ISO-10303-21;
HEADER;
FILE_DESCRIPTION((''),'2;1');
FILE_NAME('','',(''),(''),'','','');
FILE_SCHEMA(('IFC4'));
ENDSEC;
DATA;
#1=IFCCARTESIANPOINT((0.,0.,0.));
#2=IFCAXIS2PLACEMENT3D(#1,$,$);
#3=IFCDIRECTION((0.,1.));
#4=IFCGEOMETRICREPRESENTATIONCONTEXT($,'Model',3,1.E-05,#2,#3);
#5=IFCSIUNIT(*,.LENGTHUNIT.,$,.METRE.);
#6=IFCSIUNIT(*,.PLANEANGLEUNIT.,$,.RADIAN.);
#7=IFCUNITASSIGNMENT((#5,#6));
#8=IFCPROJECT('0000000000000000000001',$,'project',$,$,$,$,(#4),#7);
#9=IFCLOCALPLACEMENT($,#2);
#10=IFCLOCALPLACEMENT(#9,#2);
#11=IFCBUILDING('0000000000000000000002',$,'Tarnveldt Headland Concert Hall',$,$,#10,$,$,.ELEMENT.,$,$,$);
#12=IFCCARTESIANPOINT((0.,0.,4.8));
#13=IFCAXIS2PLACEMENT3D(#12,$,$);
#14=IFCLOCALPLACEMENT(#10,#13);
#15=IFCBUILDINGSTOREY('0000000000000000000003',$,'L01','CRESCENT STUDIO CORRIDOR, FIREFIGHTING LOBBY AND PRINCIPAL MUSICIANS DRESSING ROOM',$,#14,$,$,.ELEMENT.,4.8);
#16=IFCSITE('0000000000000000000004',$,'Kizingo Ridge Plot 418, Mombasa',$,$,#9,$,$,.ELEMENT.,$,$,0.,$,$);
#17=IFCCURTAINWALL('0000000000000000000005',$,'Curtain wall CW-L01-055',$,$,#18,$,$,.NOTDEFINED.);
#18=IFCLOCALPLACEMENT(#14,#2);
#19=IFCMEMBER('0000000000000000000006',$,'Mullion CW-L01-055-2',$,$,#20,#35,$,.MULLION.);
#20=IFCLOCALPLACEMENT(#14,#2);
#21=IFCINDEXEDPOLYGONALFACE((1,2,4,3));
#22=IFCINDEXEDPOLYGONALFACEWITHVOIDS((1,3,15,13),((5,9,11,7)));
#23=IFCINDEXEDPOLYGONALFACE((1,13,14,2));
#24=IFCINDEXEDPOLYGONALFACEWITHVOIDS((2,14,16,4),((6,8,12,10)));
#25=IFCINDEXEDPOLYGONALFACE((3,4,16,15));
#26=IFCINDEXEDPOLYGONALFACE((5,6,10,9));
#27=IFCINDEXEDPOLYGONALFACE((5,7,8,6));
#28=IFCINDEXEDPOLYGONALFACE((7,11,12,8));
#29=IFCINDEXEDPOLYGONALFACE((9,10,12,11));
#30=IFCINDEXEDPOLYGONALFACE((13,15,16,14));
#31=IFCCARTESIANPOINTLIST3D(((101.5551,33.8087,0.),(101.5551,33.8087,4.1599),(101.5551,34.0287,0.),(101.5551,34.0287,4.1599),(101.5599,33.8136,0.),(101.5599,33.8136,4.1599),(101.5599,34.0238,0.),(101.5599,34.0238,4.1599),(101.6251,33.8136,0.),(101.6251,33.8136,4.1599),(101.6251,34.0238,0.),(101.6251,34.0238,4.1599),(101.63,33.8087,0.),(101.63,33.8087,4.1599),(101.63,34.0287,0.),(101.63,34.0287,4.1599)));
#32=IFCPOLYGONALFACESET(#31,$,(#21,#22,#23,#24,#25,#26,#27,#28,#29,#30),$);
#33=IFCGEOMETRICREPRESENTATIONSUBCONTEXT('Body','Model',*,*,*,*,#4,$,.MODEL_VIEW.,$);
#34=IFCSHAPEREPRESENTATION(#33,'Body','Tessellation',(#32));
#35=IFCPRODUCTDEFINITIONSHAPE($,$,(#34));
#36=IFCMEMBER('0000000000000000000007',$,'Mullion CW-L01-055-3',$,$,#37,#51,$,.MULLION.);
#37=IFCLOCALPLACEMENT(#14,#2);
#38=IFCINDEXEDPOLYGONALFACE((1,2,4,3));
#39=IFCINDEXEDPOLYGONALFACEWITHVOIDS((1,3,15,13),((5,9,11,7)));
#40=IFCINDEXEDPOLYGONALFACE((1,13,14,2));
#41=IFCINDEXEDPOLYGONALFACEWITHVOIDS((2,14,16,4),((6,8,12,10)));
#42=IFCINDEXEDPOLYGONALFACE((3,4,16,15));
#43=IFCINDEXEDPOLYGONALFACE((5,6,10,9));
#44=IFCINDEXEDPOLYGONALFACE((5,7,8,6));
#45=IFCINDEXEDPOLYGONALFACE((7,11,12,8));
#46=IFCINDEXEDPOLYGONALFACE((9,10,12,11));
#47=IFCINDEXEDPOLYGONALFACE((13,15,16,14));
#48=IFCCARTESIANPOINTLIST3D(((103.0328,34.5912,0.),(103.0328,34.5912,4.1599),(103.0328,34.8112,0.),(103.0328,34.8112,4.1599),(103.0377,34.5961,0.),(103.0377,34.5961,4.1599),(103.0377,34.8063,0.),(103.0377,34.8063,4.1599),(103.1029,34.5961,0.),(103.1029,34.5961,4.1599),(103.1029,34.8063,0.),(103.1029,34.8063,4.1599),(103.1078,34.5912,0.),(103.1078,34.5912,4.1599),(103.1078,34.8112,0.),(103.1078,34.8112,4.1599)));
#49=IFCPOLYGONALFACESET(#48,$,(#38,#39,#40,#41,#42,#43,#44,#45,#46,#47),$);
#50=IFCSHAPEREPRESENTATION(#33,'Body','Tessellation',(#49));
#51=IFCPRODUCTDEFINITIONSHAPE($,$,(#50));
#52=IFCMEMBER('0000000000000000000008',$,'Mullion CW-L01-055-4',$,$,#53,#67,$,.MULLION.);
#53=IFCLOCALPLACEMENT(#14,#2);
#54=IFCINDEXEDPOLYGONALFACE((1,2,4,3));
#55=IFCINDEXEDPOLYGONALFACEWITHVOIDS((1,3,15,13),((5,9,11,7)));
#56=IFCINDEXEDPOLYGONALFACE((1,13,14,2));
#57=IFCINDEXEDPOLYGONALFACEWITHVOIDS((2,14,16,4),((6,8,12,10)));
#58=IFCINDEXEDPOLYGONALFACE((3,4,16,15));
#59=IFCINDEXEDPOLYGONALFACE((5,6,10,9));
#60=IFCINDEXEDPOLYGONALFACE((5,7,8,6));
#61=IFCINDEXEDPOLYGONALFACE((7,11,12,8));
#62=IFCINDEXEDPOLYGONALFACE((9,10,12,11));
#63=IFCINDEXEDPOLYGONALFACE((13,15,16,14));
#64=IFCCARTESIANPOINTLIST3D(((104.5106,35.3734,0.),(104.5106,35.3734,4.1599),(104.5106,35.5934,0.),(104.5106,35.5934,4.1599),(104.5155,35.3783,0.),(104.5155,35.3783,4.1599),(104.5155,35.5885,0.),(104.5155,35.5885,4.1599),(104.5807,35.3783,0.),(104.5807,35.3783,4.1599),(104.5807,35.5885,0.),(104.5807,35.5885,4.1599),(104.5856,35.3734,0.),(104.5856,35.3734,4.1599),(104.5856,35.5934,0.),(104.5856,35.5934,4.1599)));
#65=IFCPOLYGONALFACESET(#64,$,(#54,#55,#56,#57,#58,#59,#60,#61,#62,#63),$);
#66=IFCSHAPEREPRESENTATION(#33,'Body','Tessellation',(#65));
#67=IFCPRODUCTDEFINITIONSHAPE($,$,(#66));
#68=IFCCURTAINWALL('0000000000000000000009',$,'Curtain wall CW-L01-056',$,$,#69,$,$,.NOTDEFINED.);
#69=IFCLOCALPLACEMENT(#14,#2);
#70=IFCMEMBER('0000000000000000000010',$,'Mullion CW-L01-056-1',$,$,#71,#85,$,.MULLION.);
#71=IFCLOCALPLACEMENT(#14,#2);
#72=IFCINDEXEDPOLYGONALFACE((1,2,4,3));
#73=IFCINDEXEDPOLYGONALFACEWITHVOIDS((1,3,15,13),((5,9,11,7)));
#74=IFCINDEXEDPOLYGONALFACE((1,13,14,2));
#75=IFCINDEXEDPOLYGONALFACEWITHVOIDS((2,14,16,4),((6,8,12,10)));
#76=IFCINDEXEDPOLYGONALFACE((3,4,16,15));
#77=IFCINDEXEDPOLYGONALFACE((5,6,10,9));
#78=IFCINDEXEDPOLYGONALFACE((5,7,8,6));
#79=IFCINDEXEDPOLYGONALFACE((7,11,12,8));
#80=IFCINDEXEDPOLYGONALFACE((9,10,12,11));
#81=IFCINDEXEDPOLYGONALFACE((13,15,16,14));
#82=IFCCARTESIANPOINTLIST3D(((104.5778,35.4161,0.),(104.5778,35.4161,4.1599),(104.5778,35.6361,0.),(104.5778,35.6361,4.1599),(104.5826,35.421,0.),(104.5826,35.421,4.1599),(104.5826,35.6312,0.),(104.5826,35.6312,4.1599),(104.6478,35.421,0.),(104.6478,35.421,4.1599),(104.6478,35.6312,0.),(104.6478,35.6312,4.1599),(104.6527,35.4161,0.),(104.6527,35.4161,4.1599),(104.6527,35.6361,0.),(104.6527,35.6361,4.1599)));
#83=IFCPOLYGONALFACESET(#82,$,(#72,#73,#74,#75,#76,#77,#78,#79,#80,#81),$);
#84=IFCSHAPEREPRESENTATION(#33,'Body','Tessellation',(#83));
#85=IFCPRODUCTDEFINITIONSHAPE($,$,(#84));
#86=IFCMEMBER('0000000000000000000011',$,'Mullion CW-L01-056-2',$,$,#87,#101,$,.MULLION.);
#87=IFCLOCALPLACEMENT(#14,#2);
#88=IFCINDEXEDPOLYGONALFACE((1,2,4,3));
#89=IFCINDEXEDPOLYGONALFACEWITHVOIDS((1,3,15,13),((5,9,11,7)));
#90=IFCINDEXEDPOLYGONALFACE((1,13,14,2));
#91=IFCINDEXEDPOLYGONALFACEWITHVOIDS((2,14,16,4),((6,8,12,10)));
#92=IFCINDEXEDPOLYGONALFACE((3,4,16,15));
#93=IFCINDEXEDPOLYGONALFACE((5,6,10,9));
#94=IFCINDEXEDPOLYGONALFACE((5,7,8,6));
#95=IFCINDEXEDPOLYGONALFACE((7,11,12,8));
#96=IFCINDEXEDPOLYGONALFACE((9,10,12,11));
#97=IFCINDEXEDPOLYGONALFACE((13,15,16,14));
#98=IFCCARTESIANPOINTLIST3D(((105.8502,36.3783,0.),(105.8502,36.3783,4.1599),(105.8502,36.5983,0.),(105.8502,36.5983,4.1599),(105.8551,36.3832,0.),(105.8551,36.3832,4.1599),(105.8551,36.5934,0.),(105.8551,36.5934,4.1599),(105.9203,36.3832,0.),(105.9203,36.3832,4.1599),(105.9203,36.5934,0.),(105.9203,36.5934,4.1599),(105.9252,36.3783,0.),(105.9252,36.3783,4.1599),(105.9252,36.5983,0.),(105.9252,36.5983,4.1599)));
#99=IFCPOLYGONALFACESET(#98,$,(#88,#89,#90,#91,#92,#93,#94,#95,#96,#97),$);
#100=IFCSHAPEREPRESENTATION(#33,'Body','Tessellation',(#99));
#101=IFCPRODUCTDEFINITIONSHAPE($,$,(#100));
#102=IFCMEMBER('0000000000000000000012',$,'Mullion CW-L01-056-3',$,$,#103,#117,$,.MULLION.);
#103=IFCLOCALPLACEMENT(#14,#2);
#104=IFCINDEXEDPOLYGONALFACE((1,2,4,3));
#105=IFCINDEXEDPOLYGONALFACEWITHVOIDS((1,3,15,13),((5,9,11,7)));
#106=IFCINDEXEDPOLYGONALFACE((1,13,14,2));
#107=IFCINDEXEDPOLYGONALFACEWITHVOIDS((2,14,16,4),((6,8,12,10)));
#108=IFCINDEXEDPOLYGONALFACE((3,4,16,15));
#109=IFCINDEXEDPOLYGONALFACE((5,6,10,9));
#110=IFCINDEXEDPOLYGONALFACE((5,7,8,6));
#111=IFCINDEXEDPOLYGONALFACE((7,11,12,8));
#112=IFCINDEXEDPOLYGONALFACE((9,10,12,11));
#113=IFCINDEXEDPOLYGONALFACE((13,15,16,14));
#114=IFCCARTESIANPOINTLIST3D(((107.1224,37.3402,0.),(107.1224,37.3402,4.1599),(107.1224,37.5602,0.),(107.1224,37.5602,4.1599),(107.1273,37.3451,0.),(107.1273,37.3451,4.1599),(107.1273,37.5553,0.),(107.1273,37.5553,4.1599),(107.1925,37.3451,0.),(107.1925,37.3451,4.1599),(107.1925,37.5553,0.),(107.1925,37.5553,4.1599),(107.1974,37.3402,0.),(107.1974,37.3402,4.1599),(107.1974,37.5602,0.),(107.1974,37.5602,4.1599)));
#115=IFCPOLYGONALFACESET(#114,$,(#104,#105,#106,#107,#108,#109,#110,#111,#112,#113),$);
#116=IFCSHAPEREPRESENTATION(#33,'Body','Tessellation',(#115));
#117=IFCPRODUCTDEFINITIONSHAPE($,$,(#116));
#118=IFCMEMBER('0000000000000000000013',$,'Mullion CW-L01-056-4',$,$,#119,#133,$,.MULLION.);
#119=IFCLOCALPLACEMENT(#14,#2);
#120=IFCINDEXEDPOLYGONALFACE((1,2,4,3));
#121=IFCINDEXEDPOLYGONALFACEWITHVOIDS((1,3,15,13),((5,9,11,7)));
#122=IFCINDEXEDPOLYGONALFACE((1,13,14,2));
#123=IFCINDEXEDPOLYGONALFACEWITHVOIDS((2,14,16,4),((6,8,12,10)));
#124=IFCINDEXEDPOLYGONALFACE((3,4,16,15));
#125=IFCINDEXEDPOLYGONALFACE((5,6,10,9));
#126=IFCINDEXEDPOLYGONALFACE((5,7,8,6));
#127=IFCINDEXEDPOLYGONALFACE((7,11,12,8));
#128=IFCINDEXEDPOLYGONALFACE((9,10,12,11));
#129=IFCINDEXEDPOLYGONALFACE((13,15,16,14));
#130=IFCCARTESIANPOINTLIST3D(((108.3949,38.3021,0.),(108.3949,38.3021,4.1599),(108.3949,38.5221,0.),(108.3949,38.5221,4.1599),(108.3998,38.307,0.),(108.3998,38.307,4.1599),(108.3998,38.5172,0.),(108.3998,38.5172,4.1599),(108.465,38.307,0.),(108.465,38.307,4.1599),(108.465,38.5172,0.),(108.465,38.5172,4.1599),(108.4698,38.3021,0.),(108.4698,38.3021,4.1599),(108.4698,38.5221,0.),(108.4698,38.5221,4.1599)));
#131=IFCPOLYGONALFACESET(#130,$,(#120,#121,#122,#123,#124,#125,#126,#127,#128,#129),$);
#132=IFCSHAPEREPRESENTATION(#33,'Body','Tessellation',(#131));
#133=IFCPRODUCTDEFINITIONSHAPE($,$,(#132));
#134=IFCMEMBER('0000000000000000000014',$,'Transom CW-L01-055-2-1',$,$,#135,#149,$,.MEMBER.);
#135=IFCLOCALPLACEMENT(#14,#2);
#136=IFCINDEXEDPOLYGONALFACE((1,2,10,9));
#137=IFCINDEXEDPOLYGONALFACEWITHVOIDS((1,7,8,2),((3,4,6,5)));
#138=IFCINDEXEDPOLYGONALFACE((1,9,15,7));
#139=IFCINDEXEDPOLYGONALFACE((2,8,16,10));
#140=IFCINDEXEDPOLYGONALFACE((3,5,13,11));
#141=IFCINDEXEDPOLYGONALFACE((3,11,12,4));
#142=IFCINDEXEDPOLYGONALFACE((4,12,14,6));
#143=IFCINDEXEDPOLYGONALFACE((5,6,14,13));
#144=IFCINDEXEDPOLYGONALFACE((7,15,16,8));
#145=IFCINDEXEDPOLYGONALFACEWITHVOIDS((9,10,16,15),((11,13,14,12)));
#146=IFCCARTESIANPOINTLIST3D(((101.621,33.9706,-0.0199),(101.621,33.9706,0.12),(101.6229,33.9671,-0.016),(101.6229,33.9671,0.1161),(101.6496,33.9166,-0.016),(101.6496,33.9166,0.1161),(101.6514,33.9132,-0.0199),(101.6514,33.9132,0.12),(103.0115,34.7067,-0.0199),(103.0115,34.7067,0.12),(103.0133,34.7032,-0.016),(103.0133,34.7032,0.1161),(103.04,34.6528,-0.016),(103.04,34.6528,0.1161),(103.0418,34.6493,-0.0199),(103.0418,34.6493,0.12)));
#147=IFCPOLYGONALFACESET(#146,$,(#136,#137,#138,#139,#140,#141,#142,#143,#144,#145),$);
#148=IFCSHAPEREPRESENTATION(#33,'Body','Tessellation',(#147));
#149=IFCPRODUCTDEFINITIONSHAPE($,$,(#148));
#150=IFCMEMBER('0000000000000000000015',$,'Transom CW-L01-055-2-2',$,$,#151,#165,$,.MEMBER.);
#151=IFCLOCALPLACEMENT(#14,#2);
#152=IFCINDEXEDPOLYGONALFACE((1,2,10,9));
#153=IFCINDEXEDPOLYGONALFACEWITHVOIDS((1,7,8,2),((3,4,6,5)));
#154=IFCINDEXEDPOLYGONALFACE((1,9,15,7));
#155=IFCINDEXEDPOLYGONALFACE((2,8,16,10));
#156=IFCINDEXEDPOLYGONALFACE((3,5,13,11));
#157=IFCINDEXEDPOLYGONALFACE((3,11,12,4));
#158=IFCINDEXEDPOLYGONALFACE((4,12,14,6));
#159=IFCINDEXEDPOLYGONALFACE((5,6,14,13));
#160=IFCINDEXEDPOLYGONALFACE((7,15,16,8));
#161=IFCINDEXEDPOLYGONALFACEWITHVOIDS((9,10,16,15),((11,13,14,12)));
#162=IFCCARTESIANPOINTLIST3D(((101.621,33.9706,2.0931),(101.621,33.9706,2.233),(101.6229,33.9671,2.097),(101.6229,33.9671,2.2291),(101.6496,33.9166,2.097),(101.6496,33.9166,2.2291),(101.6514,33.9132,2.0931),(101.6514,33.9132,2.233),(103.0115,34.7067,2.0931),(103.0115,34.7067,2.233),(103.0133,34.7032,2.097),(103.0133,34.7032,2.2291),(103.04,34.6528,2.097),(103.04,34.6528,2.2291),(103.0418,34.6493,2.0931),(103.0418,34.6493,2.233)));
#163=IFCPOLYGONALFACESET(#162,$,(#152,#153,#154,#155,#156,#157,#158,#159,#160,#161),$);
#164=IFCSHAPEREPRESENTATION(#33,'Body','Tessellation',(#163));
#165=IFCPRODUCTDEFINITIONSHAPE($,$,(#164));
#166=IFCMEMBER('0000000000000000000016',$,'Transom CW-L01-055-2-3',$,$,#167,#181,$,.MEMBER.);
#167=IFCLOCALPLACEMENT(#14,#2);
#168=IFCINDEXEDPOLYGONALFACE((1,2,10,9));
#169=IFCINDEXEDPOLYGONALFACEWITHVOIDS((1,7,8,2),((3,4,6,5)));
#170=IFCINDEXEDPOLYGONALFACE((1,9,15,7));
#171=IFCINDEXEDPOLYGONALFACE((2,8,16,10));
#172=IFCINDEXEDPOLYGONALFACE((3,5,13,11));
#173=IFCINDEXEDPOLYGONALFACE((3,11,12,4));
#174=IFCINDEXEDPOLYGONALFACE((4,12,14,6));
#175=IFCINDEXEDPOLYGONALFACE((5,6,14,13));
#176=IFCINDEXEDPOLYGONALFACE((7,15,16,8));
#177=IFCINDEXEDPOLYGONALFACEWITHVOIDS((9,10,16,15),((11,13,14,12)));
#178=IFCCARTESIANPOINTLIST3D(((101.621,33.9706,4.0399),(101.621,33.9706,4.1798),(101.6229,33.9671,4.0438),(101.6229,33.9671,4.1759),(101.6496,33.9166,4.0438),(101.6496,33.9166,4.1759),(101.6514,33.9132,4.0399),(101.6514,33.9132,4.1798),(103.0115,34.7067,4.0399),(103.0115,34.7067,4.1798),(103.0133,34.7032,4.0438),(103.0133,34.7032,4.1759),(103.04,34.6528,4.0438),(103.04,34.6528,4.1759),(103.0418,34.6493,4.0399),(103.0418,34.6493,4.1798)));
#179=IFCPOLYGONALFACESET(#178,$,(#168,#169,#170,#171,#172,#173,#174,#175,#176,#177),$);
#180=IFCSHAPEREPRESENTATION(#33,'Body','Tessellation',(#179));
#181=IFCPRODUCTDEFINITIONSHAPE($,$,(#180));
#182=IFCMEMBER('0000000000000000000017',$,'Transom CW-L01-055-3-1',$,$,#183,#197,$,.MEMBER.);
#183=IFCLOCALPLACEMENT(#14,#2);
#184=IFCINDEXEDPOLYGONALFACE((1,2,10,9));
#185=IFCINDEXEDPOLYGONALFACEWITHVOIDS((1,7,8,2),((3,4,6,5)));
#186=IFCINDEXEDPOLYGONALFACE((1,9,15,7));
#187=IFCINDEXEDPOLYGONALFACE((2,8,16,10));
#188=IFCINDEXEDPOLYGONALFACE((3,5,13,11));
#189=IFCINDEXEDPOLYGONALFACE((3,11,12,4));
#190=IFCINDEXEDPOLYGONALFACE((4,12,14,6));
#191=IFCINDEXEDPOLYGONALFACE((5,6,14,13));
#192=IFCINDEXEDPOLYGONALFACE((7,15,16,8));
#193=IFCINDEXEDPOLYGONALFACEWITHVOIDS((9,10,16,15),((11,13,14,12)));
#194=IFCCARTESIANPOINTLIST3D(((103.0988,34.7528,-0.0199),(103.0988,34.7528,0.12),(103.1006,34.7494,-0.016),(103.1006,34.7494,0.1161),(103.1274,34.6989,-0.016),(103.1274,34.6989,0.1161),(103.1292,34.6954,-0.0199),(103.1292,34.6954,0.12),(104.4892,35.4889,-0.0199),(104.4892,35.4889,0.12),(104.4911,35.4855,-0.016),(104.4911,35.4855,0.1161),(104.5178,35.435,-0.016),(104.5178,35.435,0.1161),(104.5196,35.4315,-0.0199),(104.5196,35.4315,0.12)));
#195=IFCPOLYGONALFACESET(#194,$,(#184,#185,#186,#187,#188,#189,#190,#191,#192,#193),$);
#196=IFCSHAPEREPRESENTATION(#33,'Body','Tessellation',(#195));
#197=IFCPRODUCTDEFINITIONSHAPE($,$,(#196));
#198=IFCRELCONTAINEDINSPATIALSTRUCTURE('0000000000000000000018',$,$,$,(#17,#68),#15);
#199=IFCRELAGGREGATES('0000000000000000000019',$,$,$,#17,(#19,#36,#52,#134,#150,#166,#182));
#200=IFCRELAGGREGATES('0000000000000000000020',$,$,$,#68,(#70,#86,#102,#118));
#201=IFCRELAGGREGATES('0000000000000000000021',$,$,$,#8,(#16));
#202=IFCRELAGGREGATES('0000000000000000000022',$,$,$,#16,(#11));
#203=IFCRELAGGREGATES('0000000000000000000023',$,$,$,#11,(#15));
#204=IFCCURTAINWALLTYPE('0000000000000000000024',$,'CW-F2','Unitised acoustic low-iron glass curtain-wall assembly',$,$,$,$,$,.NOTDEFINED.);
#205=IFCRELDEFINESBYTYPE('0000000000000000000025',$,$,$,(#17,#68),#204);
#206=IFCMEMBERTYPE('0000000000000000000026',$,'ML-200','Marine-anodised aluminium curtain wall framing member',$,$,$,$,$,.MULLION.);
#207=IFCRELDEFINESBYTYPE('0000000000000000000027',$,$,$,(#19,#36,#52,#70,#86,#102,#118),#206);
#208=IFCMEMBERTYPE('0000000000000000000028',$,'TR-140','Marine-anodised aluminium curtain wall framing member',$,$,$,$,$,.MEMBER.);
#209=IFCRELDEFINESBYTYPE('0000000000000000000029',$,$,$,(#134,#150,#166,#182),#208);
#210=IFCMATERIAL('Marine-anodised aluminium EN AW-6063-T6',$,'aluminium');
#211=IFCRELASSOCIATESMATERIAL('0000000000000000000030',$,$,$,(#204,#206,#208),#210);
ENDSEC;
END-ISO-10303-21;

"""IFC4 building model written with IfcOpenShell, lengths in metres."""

from ifc_helpers import new_model, si_unit, direction, frame, origin, origin_2d, place, context, subcontext, project, spatial, hollow_rectangle, extrude, material, material_profile, profile_set, type_object, element, aggregate, save


model = new_model("IFC4")

# Units and contexts
model_context = context("Model", 3, precision=1e-05, world=origin(), true_north=direction((0.0, 1.0)))
body_context = subcontext(model_context, "Body", "Model", "MODEL_VIEW")
ifc_project = project(units=[si_unit("LENGTHUNIT", "METRE"), si_unit("PLANEANGLEUNIT", "RADIAN")], contexts=[model_context])

# Site, building, storey
site_placement = place(None, origin())
site = spatial("IfcSite", under=ifc_project, at=site_placement, Name="Kizingo Ridge Plot 418, Mombasa", CompositionType="ELEMENT", RefElevation=0.0)
building_placement = place(site_placement, origin())
building = spatial("IfcBuilding", under=site, at=building_placement, Name="Tarnveldt Headland Concert Hall", CompositionType="ELEMENT")
storey_placement = place(building_placement, frame((0.0, 0.0, 4.8)))
storey = spatial("IfcBuildingStorey", under=building, at=storey_placement, Name="L01", Description="CRESCENT STUDIO CORRIDOR, FIREFIGHTING LOBBY AND PRINCIPAL MUSICIANS DRESSING ROOM", CompositionType="ELEMENT", Elevation=4.8)

# Curtain walls, members
ifc_material_1 = material(Name="Marine-anodised aluminium EN AW-6063-T6", Category="aluminium")
curtain_wall_type = type_object("IfcCurtainWallType", Name="CW-F2", Description="Unitised acoustic low-iron glass curtain-wall assembly", PredefinedType="NOTDEFINED", material=ifc_material_1)
curtain_wall_1_placement = place(storey_placement, origin())
curtain_wall_1 = element("IfcCurtainWall", 1, at=curtain_wall_1_placement, inside=storey, type_object=curtain_wall_type, Name="Curtain wall CW-L01-055", PredefinedType="NOTDEFINED")
ifc_material_profile_1 = material_profile(ifc_material_1, hollow_rectangle(XDim=0.075, YDim=0.22, WallThickness=0.0049, at=origin_2d()), Name="ALU MULLION 75x220x5", Category="aluminium")
ifc_profile_set_1 = profile_set([ifc_material_profile_1], Name="Marine-anodised aluminium EN AW-6063-T6")
member_type_1 = type_object("IfcMemberType", Name="ML-200", Description="Marine-anodised aluminium curtain wall framing member", PredefinedType="MULLION", material=ifc_profile_set_1)
member_1_placement = place(storey_placement, frame((101.5925, 33.9187, 0.0), z_axis=(0.0, 0.0, 1.0), x_axis=(1.0, 0.0, 0.0)))
member_1 = element("IfcMember", 2, at=member_1_placement, type_object=member_type_1, Name="Mullion CW-L01-055-2", PredefinedType="MULLION", context=body_context, shape_type="SweptSolid", body=[
    extrude(hollow_rectangle(XDim=0.075, YDim=0.22, WallThickness=0.0049, at=origin_2d()), origin(), (0.0, 0.0, 1.0), 4.1599),
])
member_2_placement = place(storey_placement, frame((103.0703, 34.7012, 0.0), z_axis=(0.0, 0.0, 1.0), x_axis=(1.0, 0.0, 0.0)))
member_2 = element("IfcMember", 3, at=member_2_placement, type_object=member_type_1, Name="Mullion CW-L01-055-3", PredefinedType="MULLION", context=body_context, shape_type="SweptSolid", body=[
    extrude(hollow_rectangle(XDim=0.075, YDim=0.22, WallThickness=0.0049, at=origin_2d()), origin(), (0.0, 0.0, 1.0), 4.1599),
])
member_3_placement = place(storey_placement, frame((104.5481, 35.4834, 0.0), z_axis=(0.0, 0.0, 1.0), x_axis=(1.0, 0.0, 0.0)))
member_3 = element("IfcMember", 4, at=member_3_placement, type_object=member_type_1, Name="Mullion CW-L01-055-4", PredefinedType="MULLION", context=body_context, shape_type="SweptSolid", body=[
    extrude(hollow_rectangle(XDim=0.075, YDim=0.22, WallThickness=0.0049, at=origin_2d()), origin(), (0.0, 0.0, 1.0), 4.1599),
])
curtain_wall_2_placement = place(storey_placement, origin())
curtain_wall_2 = element("IfcCurtainWall", 5, at=curtain_wall_2_placement, inside=storey, type_object=curtain_wall_type, Name="Curtain wall CW-L01-056", PredefinedType="NOTDEFINED")
member_4_placement = place(storey_placement, frame((104.6152, 35.5261, 0.0), z_axis=(0.0, 0.0, 1.0), x_axis=(1.0, 0.0, 0.0)))
member_4 = element("IfcMember", 6, at=member_4_placement, type_object=member_type_1, Name="Mullion CW-L01-056-1", PredefinedType="MULLION", context=body_context, shape_type="SweptSolid", body=[
    extrude(hollow_rectangle(XDim=0.075, YDim=0.22, WallThickness=0.0049, at=origin_2d()), origin(), (0.0, 0.0, 1.0), 4.1599),
])
member_5_placement = place(storey_placement, frame((105.8877, 36.4883, 0.0), z_axis=(0.0, 0.0, 1.0), x_axis=(1.0, 0.0, 0.0)))
member_5 = element("IfcMember", 7, at=member_5_placement, type_object=member_type_1, Name="Mullion CW-L01-056-2", PredefinedType="MULLION", context=body_context, shape_type="SweptSolid", body=[
    extrude(hollow_rectangle(XDim=0.075, YDim=0.22, WallThickness=0.0049, at=origin_2d()), origin(), (0.0, 0.0, 1.0), 4.1599),
])
member_6_placement = place(storey_placement, frame((107.1599, 37.4502, 0.0), z_axis=(0.0, 0.0, 1.0), x_axis=(1.0, 0.0, 0.0)))
member_6 = element("IfcMember", 8, at=member_6_placement, type_object=member_type_1, Name="Mullion CW-L01-056-3", PredefinedType="MULLION", context=body_context, shape_type="SweptSolid", body=[
    extrude(hollow_rectangle(XDim=0.075, YDim=0.22, WallThickness=0.0049, at=origin_2d()), origin(), (0.0, 0.0, 1.0), 4.1599),
])
member_7_placement = place(storey_placement, frame((108.4324, 38.4121, 0.0), z_axis=(0.0, 0.0, 1.0), x_axis=(1.0, 0.0, 0.0)))
member_7 = element("IfcMember", 9, at=member_7_placement, type_object=member_type_1, Name="Mullion CW-L01-056-4", PredefinedType="MULLION", context=body_context, shape_type="SweptSolid", body=[
    extrude(hollow_rectangle(XDim=0.075, YDim=0.22, WallThickness=0.0049, at=origin_2d()), origin(), (0.0, 0.0, 1.0), 4.1599),
])

# Members
ifc_material_profile_2 = material_profile(ifc_material_1, hollow_rectangle(XDim=0.0649, YDim=0.1399, WallThickness=0.0039, at=origin_2d()), Name="ALU TRANSOM 65x140x4", Category="aluminium")
ifc_profile_set_2 = profile_set([ifc_material_profile_2], Name="Marine-anodised aluminium EN AW-6063-T6")
member_type_2 = type_object("IfcMemberType", Name="TR-140", Description="Marine-anodised aluminium curtain wall framing member", PredefinedType="MEMBER", material=ifc_profile_set_2)
member_8_placement = place(storey_placement, frame((101.6362, 33.9419, 0.05), z_axis=(0.883788, 0.467888, 0.0), x_axis=(-0.467888, 0.883788, 0.0)))
member_8 = element("IfcMember", 10, at=member_8_placement, type_object=member_type_2, Name="Transom CW-L01-055-2-1", PredefinedType="MEMBER", context=body_context, shape_type="SweptSolid", body=[
    extrude(hollow_rectangle(XDim=0.0649, YDim=0.1399, WallThickness=0.0039, at=origin_2d()), origin(), (0.0, 0.0, 1.0), 1.5732),
])
member_9_placement = place(storey_placement, frame((101.6362, 33.9419, 2.1631), z_axis=(0.883788, 0.467888, 0.0), x_axis=(-0.467888, 0.883788, 0.0)))
member_9 = element("IfcMember", 11, at=member_9_placement, type_object=member_type_2, Name="Transom CW-L01-055-2-2", PredefinedType="MEMBER", context=body_context, shape_type="SweptSolid", body=[
    extrude(hollow_rectangle(XDim=0.0649, YDim=0.1399, WallThickness=0.0039, at=origin_2d()), origin(), (0.0, 0.0, 1.0), 1.5732),
])
member_10_placement = place(storey_placement, frame((101.6362, 33.9419, 4.1099), z_axis=(0.883788, 0.467888, 0.0), x_axis=(-0.467888, 0.883788, 0.0)))
member_10 = element("IfcMember", 12, at=member_10_placement, type_object=member_type_2, Name="Transom CW-L01-055-2-3", PredefinedType="MEMBER", context=body_context, shape_type="SweptSolid", body=[
    extrude(hollow_rectangle(XDim=0.0649, YDim=0.1399, WallThickness=0.0039, at=origin_2d()), origin(), (0.0, 0.0, 1.0), 1.5732),
])
member_11_placement = place(storey_placement, frame((103.114, 34.7241, 0.05), z_axis=(0.883788, 0.467888, 0.0), x_axis=(-0.467888, 0.883788, 0.0)))
member_11 = element("IfcMember", 13, at=member_11_placement, type_object=member_type_2, Name="Transom CW-L01-055-3-1", PredefinedType="MEMBER", context=body_context, shape_type="SweptSolid", body=[
    extrude(hollow_rectangle(XDim=0.0649, YDim=0.1399, WallThickness=0.0039, at=origin_2d()), origin(), (0.0, 0.0, 1.0), 1.5732),
])

aggregate(curtain_wall_1, [member_1, member_2, member_3, member_8, member_9, member_10, member_11])
aggregate(curtain_wall_2, [member_4, member_5, member_6, member_7])

save(model, "model.ifc")
